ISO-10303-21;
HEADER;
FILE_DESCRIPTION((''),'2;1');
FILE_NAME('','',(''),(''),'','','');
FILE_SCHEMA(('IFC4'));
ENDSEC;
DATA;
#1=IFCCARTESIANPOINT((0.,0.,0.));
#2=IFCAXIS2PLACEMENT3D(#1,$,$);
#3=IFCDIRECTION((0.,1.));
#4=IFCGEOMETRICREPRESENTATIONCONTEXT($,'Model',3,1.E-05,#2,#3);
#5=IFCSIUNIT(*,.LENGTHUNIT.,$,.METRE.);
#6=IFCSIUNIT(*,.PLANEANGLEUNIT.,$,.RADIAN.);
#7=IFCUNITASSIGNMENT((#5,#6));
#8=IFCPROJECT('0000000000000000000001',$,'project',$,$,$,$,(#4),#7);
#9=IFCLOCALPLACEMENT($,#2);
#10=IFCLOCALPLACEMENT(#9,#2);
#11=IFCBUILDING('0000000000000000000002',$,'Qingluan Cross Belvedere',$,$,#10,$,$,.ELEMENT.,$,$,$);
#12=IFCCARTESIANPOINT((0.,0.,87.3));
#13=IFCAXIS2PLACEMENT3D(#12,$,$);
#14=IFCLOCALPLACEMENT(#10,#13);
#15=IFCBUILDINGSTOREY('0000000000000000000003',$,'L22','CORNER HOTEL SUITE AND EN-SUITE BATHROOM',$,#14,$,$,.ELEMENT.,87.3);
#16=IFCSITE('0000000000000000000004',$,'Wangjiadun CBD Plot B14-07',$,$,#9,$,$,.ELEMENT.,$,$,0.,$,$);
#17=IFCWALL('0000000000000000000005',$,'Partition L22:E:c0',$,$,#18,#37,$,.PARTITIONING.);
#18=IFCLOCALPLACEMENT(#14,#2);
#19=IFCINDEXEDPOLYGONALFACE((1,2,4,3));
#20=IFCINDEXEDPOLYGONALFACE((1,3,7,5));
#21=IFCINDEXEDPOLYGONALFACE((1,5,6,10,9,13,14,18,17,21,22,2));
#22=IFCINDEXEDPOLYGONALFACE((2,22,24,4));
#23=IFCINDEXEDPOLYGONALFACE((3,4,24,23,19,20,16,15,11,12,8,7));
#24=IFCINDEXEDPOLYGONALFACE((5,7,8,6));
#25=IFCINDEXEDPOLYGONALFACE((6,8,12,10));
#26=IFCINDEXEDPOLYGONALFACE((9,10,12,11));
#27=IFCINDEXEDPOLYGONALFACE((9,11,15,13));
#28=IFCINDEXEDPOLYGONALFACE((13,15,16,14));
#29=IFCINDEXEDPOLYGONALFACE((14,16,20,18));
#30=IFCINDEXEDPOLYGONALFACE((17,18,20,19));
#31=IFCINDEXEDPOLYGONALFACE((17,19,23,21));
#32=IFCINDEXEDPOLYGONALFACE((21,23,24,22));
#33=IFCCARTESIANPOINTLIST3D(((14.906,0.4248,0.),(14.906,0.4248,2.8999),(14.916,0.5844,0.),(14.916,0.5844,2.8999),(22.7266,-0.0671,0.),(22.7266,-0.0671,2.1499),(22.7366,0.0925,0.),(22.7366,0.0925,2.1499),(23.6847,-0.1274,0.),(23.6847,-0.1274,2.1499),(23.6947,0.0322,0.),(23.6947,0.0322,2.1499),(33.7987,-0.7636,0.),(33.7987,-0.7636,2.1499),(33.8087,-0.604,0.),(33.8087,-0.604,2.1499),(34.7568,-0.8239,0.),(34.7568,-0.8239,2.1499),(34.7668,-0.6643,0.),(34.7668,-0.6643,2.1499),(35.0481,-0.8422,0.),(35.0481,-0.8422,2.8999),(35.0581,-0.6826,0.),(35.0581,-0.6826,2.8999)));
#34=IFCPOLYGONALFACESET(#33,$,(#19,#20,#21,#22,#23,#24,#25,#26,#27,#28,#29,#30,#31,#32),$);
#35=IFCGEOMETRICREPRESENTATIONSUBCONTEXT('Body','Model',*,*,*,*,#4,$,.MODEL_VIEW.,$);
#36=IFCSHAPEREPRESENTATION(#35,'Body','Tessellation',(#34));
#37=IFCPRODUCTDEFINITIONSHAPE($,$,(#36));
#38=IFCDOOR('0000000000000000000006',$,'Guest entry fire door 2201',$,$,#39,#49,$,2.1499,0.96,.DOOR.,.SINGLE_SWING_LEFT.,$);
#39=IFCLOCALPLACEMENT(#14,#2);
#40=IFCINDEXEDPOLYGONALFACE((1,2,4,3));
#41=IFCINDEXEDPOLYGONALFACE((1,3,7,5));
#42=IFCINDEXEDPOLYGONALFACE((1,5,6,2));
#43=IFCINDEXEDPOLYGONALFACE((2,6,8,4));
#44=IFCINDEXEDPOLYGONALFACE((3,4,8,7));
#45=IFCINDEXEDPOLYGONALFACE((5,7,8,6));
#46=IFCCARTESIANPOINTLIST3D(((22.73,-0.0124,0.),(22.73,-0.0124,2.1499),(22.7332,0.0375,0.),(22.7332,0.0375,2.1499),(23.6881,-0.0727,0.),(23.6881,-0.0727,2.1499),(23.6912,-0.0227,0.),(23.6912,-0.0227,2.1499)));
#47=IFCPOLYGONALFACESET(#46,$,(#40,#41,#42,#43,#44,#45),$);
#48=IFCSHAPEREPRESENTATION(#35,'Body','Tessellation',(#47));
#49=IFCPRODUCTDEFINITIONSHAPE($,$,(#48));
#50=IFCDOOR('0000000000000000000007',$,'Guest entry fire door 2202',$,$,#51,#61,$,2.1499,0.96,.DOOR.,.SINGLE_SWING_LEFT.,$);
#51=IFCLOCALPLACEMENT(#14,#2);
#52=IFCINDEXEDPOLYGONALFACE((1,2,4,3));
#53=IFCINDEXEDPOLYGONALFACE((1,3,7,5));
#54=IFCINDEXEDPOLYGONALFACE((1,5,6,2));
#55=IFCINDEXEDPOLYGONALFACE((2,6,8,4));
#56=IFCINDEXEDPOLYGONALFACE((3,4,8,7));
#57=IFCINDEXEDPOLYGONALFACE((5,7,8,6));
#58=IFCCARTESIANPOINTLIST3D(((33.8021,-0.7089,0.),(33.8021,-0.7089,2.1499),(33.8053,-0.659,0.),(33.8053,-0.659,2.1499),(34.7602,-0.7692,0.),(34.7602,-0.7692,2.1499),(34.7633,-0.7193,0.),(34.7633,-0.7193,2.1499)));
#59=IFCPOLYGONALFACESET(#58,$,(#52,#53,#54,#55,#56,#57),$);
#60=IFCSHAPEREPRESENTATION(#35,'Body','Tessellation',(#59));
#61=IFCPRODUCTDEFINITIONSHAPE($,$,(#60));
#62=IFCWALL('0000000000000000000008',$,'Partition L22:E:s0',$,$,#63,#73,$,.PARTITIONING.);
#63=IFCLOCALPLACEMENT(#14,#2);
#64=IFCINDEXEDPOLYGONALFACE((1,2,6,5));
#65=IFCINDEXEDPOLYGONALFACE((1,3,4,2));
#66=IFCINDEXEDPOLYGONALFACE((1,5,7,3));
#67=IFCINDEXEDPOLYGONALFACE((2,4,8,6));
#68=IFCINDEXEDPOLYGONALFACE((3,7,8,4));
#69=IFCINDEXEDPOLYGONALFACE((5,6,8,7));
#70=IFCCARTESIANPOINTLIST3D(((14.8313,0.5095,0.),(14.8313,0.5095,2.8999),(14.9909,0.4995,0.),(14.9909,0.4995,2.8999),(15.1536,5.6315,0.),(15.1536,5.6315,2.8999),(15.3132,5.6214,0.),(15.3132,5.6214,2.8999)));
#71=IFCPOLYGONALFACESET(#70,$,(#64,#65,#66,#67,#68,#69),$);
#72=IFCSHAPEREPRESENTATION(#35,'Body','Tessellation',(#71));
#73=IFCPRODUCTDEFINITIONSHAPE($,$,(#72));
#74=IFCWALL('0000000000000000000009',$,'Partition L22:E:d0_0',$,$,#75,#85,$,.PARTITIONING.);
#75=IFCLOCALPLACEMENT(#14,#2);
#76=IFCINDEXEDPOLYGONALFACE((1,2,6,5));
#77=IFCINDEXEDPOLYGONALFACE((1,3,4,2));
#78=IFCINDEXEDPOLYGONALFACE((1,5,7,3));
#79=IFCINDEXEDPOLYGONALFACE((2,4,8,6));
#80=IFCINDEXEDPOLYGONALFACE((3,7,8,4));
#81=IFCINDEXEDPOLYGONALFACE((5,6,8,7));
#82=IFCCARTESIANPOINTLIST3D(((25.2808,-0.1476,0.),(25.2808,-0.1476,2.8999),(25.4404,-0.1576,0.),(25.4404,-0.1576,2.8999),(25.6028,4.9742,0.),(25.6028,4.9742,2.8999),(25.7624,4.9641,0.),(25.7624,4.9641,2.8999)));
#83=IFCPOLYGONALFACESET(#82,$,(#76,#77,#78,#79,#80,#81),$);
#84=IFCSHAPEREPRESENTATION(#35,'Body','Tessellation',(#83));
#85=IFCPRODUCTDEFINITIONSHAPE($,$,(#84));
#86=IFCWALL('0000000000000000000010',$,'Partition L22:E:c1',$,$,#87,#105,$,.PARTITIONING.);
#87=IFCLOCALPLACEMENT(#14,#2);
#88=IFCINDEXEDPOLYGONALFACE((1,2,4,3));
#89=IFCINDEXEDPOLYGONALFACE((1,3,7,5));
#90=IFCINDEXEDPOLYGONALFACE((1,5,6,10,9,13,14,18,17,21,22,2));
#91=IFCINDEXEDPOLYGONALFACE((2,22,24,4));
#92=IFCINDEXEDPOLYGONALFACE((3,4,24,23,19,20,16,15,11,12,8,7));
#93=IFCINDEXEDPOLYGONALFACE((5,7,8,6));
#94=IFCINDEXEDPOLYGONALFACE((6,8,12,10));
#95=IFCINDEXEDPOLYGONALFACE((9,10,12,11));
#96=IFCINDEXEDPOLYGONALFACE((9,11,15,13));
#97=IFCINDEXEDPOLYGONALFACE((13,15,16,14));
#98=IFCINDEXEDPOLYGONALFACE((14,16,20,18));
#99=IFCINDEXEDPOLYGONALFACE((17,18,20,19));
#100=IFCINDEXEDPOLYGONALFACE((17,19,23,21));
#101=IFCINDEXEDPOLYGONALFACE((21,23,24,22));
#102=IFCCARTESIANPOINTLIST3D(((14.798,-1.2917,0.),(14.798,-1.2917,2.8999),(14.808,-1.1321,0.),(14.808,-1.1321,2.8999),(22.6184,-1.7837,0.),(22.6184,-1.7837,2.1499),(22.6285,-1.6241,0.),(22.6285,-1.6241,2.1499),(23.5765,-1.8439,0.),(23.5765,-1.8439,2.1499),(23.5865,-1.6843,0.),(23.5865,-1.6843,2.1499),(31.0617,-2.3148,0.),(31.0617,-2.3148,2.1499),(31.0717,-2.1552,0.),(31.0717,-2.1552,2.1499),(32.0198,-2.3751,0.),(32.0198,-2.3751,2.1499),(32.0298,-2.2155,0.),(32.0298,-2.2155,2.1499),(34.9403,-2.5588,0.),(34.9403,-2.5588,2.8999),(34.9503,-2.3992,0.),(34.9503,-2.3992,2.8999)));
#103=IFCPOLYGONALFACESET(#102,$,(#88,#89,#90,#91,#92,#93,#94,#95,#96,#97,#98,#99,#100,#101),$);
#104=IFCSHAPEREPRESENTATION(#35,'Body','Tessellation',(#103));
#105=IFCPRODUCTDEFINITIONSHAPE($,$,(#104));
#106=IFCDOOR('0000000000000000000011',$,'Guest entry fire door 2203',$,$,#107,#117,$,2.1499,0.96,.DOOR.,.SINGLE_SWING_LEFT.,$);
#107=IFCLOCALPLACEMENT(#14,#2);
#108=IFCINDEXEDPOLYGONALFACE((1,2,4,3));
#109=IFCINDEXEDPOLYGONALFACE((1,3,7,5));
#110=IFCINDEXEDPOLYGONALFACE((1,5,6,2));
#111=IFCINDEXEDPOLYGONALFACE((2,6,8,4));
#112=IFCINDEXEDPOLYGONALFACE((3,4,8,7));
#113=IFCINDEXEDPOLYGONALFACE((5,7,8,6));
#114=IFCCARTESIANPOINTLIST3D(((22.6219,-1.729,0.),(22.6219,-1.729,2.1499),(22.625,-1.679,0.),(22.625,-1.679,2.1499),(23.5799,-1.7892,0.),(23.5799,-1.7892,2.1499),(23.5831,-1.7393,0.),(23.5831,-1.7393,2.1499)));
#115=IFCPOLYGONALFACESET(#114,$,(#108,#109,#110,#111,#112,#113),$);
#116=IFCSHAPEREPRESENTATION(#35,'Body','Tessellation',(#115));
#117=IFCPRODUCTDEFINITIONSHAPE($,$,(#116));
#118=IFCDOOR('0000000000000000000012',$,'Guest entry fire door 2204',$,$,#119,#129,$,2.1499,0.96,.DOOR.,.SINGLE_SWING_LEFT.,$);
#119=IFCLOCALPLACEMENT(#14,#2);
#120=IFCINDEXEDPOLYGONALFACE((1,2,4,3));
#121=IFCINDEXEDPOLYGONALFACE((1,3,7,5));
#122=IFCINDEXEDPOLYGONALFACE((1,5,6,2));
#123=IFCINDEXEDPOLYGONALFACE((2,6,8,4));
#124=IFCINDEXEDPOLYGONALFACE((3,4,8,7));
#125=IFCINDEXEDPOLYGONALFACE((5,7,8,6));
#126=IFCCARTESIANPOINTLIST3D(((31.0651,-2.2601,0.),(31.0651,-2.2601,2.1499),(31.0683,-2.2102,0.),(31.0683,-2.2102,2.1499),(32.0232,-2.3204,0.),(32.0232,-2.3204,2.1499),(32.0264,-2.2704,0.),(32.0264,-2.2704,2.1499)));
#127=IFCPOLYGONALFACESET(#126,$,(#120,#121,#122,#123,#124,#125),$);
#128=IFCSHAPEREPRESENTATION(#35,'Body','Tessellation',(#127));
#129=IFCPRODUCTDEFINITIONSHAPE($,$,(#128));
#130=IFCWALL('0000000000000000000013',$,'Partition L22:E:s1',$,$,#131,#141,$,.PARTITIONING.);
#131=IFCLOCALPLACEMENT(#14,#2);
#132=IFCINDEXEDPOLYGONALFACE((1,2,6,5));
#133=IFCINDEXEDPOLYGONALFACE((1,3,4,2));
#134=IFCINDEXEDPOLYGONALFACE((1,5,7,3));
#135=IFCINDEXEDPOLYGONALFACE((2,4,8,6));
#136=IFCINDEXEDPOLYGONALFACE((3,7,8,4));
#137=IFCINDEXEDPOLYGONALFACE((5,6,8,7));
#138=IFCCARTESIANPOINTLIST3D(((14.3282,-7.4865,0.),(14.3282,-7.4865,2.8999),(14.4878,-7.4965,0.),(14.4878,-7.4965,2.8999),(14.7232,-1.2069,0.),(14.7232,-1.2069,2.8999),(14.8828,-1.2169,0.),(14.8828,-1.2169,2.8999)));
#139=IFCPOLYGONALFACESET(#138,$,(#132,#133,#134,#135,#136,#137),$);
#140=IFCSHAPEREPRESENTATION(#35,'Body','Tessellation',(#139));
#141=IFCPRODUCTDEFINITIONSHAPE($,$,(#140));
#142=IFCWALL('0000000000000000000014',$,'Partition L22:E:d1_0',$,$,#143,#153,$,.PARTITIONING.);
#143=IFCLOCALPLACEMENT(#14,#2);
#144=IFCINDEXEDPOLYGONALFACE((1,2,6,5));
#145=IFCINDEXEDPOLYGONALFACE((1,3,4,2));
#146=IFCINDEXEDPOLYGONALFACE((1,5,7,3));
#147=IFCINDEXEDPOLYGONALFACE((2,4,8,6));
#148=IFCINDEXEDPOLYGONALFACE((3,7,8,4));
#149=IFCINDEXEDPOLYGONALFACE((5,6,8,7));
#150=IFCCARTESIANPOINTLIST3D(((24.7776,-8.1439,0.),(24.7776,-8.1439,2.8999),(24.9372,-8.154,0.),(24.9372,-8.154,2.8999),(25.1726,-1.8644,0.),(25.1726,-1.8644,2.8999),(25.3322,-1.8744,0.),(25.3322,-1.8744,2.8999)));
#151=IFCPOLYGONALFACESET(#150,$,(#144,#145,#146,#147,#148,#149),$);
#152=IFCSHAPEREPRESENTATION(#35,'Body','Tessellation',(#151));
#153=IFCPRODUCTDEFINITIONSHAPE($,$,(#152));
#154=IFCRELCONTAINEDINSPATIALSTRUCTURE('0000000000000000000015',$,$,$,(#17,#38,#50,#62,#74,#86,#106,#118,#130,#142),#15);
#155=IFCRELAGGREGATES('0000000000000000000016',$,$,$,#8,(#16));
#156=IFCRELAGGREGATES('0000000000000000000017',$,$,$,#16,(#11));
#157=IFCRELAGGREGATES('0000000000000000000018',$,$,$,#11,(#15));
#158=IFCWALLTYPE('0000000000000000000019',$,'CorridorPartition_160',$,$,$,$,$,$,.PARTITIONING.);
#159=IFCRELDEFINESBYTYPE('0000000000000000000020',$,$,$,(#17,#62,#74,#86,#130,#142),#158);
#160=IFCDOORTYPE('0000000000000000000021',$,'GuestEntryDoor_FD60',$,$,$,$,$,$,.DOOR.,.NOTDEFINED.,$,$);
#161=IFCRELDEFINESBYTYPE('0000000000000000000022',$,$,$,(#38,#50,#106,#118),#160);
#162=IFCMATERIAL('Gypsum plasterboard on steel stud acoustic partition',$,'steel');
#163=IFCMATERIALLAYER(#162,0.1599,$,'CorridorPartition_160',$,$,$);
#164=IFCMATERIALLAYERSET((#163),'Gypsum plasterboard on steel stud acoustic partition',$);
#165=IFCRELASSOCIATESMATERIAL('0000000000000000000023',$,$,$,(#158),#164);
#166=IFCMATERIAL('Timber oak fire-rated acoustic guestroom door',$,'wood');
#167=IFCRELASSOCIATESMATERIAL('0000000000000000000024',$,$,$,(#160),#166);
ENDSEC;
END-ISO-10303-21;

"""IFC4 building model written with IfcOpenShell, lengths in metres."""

from ifc_helpers import new_model, si_unit, direction, frame, frame_2d, origin, place, context, subcontext, project, spatial, rectangle, extrude, material, layer, layer_set, type_object, element, fill, save


model = new_model("IFC4")

# Units and contexts
model_context = context("Model", 3, precision=1e-05, world=origin(), true_north=direction((0.0, 1.0)))
body_context = subcontext(model_context, "Body", "Model", "MODEL_VIEW")
ifc_project = project(units=[si_unit("LENGTHUNIT", "METRE"), si_unit("PLANEANGLEUNIT", "RADIAN")], contexts=[model_context])

# Site, building, storey
site_placement = place(None, origin())
site = spatial("IfcSite", under=ifc_project, at=site_placement, Name="Wangjiadun CBD Plot B14-07", CompositionType="ELEMENT", RefElevation=0.0)
building_placement = place(site_placement, origin())
building = spatial("IfcBuilding", under=site, at=building_placement, Name="Qingluan Cross Belvedere", CompositionType="ELEMENT")
storey_placement = place(building_placement, frame((0.0, 0.0, 87.3)))
storey = spatial("IfcBuildingStorey", under=building, at=storey_placement, Name="L22", Description="CORNER HOTEL SUITE AND EN-SUITE BATHROOM", CompositionType="ELEMENT", Elevation=87.3)

# Wall, openings, doors
ifc_material_1 = material(Name="Gypsum plasterboard on steel stud acoustic partition", Category="steel")
ifc_layer_1 = layer(ifc_material_1, 0.1599, Name="CorridorPartition_160")
ifc_layer_set_1 = layer_set([ifc_layer_1], Name="Gypsum plasterboard on steel stud acoustic partition")
wall_type_1 = type_object("IfcWallType", Name="CorridorPartition_160", PredefinedType="PARTITIONING", material=ifc_layer_set_1)
wall_1_placement = place(storey_placement, frame((14.9111, 0.5046, 0.0), z_axis=(0.0, 0.0, 1.0), x_axis=(0.998027, -0.062783, 0.0)))
wall_1 = element("IfcWall", 1, at=wall_1_placement, inside=storey, type_object=wall_type_1, Name="Partition L22:E:c0", PredefinedType="PARTITIONING", context=body_context, shape_type="SweptSolid", body=[
    extrude(rectangle(XDim=20.1819, YDim=0.1599, at=frame_2d((10.0908, 0.0))), origin(), (0.0, 0.0, 1.0), 2.8999),
])
opening_1_placement = place(wall_1_placement, frame((7.8359, 0.0, 0.0)))
opening_1 = element("IfcOpeningElement", 2, at=opening_1_placement, cuts=wall_1, PredefinedType="OPENING", context=body_context, shape_type="SweptSolid", body=[
    extrude(rectangle(XDim=0.96, YDim=2.1499, at=frame_2d((0.48, 1.075))), frame((0.0, 0.0898, 0.0), z_axis=(0.0, -1.0, 0.0), x_axis=(1.0, 0.0, 0.0)), (0.0, 0.0, 1.0), 0.1799),
])
opening_2_placement = place(wall_1_placement, frame((18.9299, 0.0, 0.0)))
opening_2 = element("IfcOpeningElement", 3, at=opening_2_placement, cuts=wall_1, PredefinedType="OPENING", context=body_context, shape_type="SweptSolid", body=[
    extrude(rectangle(XDim=0.96, YDim=2.1499, at=frame_2d((0.48, 1.075))), frame((0.0, 0.0898, 0.0), z_axis=(0.0, -1.0, 0.0), x_axis=(1.0, 0.0, 0.0)), (0.0, 0.0, 1.0), 0.1799),
])
ifc_material_2 = material(Name="Timber oak fire-rated acoustic guestroom door", Category="wood")
door_type_1 = type_object("IfcDoorType", Name="GuestEntryDoor_FD60", OperationType="NOTDEFINED", PredefinedType="DOOR", material=ifc_material_2)
door_1_placement = place(opening_1_placement, origin())
door_1 = element("IfcDoor", 4, at=door_1_placement, inside=storey, type_object=door_type_1, Name="Guest entry fire door 2201", OperationType="SINGLE_SWING_LEFT", OverallHeight=2.1499, OverallWidth=0.96, PredefinedType="DOOR", context=body_context, shape_type="SweptSolid", body=[
    extrude(rectangle(XDim=0.96, YDim=2.1499, at=frame_2d((0.48, 1.075))), frame((0.0, 0.0249, 0.0), z_axis=(0.0, -1.0, 0.0), x_axis=(1.0, 0.0, 0.0)), (0.0, 0.0, 1.0), 0.05),
])
fill(opening_1, door_1)
door_2_placement = place(opening_2_placement, origin())
door_2 = element("IfcDoor", 5, at=door_2_placement, inside=storey, type_object=door_type_1, Name="Guest entry fire door 2202", OperationType="SINGLE_SWING_LEFT", OverallHeight=2.1499, OverallWidth=0.96, PredefinedType="DOOR", context=body_context, shape_type="SweptSolid", body=[
    extrude(rectangle(XDim=0.96, YDim=2.1499, at=frame_2d((0.48, 1.075))), frame((0.0, 0.0249, 0.0), z_axis=(0.0, -1.0, 0.0), x_axis=(1.0, 0.0, 0.0)), (0.0, 0.0, 1.0), 0.05),
])
fill(opening_2, door_2)

# Walls
wall_2_placement = place(storey_placement, frame((14.9111, 0.5046, 0.0), z_axis=(0.0, 0.0, 1.0), x_axis=(0.062793, 0.998027, 0.0)))
element("IfcWall", 6, at=wall_2_placement, inside=storey, type_object=wall_type_1, Name="Partition L22:E:s0", PredefinedType="PARTITIONING", context=body_context, shape_type="SweptSolid", body=[
    extrude(rectangle(XDim=5.1321, YDim=0.1599, at=frame_2d((2.5659, 0.0))), origin(), (0.0, 0.0, 1.0), 2.8999),
])
wall_3_placement = place(storey_placement, frame((25.3606, -0.1526, 0.0), z_axis=(0.0, 0.0, 1.0), x_axis=(0.062748, 0.998029, 0.0)))
element("IfcWall", 7, at=wall_3_placement, inside=storey, type_object=wall_type_1, Name="Partition L22:E:d0_0", PredefinedType="PARTITIONING", context=body_context, shape_type="SweptSolid", body=[
    extrude(rectangle(XDim=5.1318, YDim=0.1599, at=frame_2d((2.5659, 0.0))), origin(), (0.0, 0.0, 1.0), 2.8999),
])

# Wall, openings, doors
wall_4_placement = place(storey_placement, frame((14.803, -1.2119, 0.0), z_axis=(0.0, 0.0, 1.0), x_axis=(0.998027, -0.062783, 0.0)))
wall_4 = element("IfcWall", 8, at=wall_4_placement, inside=storey, type_object=wall_type_1, Name="Partition L22:E:c1", PredefinedType="PARTITIONING", context=body_context, shape_type="SweptSolid", body=[
    extrude(rectangle(XDim=20.1821, YDim=0.1599, at=frame_2d((10.0911, 0.0))), origin(), (0.0, 0.0, 1.0), 2.8999),
])
opening_3_placement = place(wall_4_placement, frame((7.8359, 0.0, 0.0)))
opening_3 = element("IfcOpeningElement", 9, at=opening_3_placement, cuts=wall_4, PredefinedType="OPENING", context=body_context, shape_type="SweptSolid", body=[
    extrude(rectangle(XDim=0.96, YDim=2.1499, at=frame_2d((0.48, 1.075))), frame((0.0, 0.0898, 0.0), z_axis=(0.0, -1.0, 0.0), x_axis=(1.0, 0.0, 0.0)), (0.0, 0.0, 1.0), 0.1799),
])
opening_4_placement = place(wall_4_placement, frame((16.2959, 0.0, 0.0)))
opening_4 = element("IfcOpeningElement", 10, at=opening_4_placement, cuts=wall_4, PredefinedType="OPENING", context=body_context, shape_type="SweptSolid", body=[
    extrude(rectangle(XDim=0.96, YDim=2.1499, at=frame_2d((0.48, 1.075))), frame((0.0, 0.0898, 0.0), z_axis=(0.0, -1.0, 0.0), x_axis=(1.0, 0.0, 0.0)), (0.0, 0.0, 1.0), 0.1799),
])
door_3_placement = place(opening_3_placement, origin())
door_3 = element("IfcDoor", 11, at=door_3_placement, inside=storey, type_object=door_type_1, Name="Guest entry fire door 2203", OperationType="SINGLE_SWING_LEFT", OverallHeight=2.1499, OverallWidth=0.96, PredefinedType="DOOR", context=body_context, shape_type="SweptSolid", body=[
    extrude(rectangle(XDim=0.96, YDim=2.1499, at=frame_2d((0.48, 1.075))), frame((0.0, 0.0249, 0.0), z_axis=(0.0, -1.0, 0.0), x_axis=(1.0, 0.0, 0.0)), (0.0, 0.0, 1.0), 0.05),
])
fill(opening_3, door_3)
door_4_placement = place(opening_4_placement, origin())
door_4 = element("IfcDoor", 12, at=door_4_placement, inside=storey, type_object=door_type_1, Name="Guest entry fire door 2204", OperationType="SINGLE_SWING_LEFT", OverallHeight=2.1499, OverallWidth=0.96, PredefinedType="DOOR", context=body_context, shape_type="SweptSolid", body=[
    extrude(rectangle(XDim=0.96, YDim=2.1499, at=frame_2d((0.48, 1.075))), frame((0.0, 0.0249, 0.0), z_axis=(0.0, -1.0, 0.0), x_axis=(1.0, 0.0, 0.0)), (0.0, 0.0, 1.0), 0.05),
])
fill(opening_4, door_4)

# Walls
for number, where, z_axis, x_axis, name in (
    (13, (14.803, -1.2119, 0.0), (0.0, 0.0, 1.0), (-0.062782, -0.998027, 0.0), "Partition L22:E:s1"),
    (14, (25.2524, -1.8694, 0.0), (0.0, 0.0, 1.0), (-0.062782, -0.998027, 0.0), "Partition L22:E:d1_0"),
):
    element("IfcWall", number, at=place(storey_placement, frame(where, z_axis=z_axis, x_axis=x_axis)), inside=storey, type_object=wall_type_1, Name=name, PredefinedType="PARTITIONING", context=body_context, shape_type="SweptSolid", body=[
        extrude(rectangle(XDim=6.292, YDim=0.1599, at=frame_2d((3.146, 0.0))), origin(), (0.0, 0.0, 1.0), 2.8999),
    ])

save(model, "model.ifc")
